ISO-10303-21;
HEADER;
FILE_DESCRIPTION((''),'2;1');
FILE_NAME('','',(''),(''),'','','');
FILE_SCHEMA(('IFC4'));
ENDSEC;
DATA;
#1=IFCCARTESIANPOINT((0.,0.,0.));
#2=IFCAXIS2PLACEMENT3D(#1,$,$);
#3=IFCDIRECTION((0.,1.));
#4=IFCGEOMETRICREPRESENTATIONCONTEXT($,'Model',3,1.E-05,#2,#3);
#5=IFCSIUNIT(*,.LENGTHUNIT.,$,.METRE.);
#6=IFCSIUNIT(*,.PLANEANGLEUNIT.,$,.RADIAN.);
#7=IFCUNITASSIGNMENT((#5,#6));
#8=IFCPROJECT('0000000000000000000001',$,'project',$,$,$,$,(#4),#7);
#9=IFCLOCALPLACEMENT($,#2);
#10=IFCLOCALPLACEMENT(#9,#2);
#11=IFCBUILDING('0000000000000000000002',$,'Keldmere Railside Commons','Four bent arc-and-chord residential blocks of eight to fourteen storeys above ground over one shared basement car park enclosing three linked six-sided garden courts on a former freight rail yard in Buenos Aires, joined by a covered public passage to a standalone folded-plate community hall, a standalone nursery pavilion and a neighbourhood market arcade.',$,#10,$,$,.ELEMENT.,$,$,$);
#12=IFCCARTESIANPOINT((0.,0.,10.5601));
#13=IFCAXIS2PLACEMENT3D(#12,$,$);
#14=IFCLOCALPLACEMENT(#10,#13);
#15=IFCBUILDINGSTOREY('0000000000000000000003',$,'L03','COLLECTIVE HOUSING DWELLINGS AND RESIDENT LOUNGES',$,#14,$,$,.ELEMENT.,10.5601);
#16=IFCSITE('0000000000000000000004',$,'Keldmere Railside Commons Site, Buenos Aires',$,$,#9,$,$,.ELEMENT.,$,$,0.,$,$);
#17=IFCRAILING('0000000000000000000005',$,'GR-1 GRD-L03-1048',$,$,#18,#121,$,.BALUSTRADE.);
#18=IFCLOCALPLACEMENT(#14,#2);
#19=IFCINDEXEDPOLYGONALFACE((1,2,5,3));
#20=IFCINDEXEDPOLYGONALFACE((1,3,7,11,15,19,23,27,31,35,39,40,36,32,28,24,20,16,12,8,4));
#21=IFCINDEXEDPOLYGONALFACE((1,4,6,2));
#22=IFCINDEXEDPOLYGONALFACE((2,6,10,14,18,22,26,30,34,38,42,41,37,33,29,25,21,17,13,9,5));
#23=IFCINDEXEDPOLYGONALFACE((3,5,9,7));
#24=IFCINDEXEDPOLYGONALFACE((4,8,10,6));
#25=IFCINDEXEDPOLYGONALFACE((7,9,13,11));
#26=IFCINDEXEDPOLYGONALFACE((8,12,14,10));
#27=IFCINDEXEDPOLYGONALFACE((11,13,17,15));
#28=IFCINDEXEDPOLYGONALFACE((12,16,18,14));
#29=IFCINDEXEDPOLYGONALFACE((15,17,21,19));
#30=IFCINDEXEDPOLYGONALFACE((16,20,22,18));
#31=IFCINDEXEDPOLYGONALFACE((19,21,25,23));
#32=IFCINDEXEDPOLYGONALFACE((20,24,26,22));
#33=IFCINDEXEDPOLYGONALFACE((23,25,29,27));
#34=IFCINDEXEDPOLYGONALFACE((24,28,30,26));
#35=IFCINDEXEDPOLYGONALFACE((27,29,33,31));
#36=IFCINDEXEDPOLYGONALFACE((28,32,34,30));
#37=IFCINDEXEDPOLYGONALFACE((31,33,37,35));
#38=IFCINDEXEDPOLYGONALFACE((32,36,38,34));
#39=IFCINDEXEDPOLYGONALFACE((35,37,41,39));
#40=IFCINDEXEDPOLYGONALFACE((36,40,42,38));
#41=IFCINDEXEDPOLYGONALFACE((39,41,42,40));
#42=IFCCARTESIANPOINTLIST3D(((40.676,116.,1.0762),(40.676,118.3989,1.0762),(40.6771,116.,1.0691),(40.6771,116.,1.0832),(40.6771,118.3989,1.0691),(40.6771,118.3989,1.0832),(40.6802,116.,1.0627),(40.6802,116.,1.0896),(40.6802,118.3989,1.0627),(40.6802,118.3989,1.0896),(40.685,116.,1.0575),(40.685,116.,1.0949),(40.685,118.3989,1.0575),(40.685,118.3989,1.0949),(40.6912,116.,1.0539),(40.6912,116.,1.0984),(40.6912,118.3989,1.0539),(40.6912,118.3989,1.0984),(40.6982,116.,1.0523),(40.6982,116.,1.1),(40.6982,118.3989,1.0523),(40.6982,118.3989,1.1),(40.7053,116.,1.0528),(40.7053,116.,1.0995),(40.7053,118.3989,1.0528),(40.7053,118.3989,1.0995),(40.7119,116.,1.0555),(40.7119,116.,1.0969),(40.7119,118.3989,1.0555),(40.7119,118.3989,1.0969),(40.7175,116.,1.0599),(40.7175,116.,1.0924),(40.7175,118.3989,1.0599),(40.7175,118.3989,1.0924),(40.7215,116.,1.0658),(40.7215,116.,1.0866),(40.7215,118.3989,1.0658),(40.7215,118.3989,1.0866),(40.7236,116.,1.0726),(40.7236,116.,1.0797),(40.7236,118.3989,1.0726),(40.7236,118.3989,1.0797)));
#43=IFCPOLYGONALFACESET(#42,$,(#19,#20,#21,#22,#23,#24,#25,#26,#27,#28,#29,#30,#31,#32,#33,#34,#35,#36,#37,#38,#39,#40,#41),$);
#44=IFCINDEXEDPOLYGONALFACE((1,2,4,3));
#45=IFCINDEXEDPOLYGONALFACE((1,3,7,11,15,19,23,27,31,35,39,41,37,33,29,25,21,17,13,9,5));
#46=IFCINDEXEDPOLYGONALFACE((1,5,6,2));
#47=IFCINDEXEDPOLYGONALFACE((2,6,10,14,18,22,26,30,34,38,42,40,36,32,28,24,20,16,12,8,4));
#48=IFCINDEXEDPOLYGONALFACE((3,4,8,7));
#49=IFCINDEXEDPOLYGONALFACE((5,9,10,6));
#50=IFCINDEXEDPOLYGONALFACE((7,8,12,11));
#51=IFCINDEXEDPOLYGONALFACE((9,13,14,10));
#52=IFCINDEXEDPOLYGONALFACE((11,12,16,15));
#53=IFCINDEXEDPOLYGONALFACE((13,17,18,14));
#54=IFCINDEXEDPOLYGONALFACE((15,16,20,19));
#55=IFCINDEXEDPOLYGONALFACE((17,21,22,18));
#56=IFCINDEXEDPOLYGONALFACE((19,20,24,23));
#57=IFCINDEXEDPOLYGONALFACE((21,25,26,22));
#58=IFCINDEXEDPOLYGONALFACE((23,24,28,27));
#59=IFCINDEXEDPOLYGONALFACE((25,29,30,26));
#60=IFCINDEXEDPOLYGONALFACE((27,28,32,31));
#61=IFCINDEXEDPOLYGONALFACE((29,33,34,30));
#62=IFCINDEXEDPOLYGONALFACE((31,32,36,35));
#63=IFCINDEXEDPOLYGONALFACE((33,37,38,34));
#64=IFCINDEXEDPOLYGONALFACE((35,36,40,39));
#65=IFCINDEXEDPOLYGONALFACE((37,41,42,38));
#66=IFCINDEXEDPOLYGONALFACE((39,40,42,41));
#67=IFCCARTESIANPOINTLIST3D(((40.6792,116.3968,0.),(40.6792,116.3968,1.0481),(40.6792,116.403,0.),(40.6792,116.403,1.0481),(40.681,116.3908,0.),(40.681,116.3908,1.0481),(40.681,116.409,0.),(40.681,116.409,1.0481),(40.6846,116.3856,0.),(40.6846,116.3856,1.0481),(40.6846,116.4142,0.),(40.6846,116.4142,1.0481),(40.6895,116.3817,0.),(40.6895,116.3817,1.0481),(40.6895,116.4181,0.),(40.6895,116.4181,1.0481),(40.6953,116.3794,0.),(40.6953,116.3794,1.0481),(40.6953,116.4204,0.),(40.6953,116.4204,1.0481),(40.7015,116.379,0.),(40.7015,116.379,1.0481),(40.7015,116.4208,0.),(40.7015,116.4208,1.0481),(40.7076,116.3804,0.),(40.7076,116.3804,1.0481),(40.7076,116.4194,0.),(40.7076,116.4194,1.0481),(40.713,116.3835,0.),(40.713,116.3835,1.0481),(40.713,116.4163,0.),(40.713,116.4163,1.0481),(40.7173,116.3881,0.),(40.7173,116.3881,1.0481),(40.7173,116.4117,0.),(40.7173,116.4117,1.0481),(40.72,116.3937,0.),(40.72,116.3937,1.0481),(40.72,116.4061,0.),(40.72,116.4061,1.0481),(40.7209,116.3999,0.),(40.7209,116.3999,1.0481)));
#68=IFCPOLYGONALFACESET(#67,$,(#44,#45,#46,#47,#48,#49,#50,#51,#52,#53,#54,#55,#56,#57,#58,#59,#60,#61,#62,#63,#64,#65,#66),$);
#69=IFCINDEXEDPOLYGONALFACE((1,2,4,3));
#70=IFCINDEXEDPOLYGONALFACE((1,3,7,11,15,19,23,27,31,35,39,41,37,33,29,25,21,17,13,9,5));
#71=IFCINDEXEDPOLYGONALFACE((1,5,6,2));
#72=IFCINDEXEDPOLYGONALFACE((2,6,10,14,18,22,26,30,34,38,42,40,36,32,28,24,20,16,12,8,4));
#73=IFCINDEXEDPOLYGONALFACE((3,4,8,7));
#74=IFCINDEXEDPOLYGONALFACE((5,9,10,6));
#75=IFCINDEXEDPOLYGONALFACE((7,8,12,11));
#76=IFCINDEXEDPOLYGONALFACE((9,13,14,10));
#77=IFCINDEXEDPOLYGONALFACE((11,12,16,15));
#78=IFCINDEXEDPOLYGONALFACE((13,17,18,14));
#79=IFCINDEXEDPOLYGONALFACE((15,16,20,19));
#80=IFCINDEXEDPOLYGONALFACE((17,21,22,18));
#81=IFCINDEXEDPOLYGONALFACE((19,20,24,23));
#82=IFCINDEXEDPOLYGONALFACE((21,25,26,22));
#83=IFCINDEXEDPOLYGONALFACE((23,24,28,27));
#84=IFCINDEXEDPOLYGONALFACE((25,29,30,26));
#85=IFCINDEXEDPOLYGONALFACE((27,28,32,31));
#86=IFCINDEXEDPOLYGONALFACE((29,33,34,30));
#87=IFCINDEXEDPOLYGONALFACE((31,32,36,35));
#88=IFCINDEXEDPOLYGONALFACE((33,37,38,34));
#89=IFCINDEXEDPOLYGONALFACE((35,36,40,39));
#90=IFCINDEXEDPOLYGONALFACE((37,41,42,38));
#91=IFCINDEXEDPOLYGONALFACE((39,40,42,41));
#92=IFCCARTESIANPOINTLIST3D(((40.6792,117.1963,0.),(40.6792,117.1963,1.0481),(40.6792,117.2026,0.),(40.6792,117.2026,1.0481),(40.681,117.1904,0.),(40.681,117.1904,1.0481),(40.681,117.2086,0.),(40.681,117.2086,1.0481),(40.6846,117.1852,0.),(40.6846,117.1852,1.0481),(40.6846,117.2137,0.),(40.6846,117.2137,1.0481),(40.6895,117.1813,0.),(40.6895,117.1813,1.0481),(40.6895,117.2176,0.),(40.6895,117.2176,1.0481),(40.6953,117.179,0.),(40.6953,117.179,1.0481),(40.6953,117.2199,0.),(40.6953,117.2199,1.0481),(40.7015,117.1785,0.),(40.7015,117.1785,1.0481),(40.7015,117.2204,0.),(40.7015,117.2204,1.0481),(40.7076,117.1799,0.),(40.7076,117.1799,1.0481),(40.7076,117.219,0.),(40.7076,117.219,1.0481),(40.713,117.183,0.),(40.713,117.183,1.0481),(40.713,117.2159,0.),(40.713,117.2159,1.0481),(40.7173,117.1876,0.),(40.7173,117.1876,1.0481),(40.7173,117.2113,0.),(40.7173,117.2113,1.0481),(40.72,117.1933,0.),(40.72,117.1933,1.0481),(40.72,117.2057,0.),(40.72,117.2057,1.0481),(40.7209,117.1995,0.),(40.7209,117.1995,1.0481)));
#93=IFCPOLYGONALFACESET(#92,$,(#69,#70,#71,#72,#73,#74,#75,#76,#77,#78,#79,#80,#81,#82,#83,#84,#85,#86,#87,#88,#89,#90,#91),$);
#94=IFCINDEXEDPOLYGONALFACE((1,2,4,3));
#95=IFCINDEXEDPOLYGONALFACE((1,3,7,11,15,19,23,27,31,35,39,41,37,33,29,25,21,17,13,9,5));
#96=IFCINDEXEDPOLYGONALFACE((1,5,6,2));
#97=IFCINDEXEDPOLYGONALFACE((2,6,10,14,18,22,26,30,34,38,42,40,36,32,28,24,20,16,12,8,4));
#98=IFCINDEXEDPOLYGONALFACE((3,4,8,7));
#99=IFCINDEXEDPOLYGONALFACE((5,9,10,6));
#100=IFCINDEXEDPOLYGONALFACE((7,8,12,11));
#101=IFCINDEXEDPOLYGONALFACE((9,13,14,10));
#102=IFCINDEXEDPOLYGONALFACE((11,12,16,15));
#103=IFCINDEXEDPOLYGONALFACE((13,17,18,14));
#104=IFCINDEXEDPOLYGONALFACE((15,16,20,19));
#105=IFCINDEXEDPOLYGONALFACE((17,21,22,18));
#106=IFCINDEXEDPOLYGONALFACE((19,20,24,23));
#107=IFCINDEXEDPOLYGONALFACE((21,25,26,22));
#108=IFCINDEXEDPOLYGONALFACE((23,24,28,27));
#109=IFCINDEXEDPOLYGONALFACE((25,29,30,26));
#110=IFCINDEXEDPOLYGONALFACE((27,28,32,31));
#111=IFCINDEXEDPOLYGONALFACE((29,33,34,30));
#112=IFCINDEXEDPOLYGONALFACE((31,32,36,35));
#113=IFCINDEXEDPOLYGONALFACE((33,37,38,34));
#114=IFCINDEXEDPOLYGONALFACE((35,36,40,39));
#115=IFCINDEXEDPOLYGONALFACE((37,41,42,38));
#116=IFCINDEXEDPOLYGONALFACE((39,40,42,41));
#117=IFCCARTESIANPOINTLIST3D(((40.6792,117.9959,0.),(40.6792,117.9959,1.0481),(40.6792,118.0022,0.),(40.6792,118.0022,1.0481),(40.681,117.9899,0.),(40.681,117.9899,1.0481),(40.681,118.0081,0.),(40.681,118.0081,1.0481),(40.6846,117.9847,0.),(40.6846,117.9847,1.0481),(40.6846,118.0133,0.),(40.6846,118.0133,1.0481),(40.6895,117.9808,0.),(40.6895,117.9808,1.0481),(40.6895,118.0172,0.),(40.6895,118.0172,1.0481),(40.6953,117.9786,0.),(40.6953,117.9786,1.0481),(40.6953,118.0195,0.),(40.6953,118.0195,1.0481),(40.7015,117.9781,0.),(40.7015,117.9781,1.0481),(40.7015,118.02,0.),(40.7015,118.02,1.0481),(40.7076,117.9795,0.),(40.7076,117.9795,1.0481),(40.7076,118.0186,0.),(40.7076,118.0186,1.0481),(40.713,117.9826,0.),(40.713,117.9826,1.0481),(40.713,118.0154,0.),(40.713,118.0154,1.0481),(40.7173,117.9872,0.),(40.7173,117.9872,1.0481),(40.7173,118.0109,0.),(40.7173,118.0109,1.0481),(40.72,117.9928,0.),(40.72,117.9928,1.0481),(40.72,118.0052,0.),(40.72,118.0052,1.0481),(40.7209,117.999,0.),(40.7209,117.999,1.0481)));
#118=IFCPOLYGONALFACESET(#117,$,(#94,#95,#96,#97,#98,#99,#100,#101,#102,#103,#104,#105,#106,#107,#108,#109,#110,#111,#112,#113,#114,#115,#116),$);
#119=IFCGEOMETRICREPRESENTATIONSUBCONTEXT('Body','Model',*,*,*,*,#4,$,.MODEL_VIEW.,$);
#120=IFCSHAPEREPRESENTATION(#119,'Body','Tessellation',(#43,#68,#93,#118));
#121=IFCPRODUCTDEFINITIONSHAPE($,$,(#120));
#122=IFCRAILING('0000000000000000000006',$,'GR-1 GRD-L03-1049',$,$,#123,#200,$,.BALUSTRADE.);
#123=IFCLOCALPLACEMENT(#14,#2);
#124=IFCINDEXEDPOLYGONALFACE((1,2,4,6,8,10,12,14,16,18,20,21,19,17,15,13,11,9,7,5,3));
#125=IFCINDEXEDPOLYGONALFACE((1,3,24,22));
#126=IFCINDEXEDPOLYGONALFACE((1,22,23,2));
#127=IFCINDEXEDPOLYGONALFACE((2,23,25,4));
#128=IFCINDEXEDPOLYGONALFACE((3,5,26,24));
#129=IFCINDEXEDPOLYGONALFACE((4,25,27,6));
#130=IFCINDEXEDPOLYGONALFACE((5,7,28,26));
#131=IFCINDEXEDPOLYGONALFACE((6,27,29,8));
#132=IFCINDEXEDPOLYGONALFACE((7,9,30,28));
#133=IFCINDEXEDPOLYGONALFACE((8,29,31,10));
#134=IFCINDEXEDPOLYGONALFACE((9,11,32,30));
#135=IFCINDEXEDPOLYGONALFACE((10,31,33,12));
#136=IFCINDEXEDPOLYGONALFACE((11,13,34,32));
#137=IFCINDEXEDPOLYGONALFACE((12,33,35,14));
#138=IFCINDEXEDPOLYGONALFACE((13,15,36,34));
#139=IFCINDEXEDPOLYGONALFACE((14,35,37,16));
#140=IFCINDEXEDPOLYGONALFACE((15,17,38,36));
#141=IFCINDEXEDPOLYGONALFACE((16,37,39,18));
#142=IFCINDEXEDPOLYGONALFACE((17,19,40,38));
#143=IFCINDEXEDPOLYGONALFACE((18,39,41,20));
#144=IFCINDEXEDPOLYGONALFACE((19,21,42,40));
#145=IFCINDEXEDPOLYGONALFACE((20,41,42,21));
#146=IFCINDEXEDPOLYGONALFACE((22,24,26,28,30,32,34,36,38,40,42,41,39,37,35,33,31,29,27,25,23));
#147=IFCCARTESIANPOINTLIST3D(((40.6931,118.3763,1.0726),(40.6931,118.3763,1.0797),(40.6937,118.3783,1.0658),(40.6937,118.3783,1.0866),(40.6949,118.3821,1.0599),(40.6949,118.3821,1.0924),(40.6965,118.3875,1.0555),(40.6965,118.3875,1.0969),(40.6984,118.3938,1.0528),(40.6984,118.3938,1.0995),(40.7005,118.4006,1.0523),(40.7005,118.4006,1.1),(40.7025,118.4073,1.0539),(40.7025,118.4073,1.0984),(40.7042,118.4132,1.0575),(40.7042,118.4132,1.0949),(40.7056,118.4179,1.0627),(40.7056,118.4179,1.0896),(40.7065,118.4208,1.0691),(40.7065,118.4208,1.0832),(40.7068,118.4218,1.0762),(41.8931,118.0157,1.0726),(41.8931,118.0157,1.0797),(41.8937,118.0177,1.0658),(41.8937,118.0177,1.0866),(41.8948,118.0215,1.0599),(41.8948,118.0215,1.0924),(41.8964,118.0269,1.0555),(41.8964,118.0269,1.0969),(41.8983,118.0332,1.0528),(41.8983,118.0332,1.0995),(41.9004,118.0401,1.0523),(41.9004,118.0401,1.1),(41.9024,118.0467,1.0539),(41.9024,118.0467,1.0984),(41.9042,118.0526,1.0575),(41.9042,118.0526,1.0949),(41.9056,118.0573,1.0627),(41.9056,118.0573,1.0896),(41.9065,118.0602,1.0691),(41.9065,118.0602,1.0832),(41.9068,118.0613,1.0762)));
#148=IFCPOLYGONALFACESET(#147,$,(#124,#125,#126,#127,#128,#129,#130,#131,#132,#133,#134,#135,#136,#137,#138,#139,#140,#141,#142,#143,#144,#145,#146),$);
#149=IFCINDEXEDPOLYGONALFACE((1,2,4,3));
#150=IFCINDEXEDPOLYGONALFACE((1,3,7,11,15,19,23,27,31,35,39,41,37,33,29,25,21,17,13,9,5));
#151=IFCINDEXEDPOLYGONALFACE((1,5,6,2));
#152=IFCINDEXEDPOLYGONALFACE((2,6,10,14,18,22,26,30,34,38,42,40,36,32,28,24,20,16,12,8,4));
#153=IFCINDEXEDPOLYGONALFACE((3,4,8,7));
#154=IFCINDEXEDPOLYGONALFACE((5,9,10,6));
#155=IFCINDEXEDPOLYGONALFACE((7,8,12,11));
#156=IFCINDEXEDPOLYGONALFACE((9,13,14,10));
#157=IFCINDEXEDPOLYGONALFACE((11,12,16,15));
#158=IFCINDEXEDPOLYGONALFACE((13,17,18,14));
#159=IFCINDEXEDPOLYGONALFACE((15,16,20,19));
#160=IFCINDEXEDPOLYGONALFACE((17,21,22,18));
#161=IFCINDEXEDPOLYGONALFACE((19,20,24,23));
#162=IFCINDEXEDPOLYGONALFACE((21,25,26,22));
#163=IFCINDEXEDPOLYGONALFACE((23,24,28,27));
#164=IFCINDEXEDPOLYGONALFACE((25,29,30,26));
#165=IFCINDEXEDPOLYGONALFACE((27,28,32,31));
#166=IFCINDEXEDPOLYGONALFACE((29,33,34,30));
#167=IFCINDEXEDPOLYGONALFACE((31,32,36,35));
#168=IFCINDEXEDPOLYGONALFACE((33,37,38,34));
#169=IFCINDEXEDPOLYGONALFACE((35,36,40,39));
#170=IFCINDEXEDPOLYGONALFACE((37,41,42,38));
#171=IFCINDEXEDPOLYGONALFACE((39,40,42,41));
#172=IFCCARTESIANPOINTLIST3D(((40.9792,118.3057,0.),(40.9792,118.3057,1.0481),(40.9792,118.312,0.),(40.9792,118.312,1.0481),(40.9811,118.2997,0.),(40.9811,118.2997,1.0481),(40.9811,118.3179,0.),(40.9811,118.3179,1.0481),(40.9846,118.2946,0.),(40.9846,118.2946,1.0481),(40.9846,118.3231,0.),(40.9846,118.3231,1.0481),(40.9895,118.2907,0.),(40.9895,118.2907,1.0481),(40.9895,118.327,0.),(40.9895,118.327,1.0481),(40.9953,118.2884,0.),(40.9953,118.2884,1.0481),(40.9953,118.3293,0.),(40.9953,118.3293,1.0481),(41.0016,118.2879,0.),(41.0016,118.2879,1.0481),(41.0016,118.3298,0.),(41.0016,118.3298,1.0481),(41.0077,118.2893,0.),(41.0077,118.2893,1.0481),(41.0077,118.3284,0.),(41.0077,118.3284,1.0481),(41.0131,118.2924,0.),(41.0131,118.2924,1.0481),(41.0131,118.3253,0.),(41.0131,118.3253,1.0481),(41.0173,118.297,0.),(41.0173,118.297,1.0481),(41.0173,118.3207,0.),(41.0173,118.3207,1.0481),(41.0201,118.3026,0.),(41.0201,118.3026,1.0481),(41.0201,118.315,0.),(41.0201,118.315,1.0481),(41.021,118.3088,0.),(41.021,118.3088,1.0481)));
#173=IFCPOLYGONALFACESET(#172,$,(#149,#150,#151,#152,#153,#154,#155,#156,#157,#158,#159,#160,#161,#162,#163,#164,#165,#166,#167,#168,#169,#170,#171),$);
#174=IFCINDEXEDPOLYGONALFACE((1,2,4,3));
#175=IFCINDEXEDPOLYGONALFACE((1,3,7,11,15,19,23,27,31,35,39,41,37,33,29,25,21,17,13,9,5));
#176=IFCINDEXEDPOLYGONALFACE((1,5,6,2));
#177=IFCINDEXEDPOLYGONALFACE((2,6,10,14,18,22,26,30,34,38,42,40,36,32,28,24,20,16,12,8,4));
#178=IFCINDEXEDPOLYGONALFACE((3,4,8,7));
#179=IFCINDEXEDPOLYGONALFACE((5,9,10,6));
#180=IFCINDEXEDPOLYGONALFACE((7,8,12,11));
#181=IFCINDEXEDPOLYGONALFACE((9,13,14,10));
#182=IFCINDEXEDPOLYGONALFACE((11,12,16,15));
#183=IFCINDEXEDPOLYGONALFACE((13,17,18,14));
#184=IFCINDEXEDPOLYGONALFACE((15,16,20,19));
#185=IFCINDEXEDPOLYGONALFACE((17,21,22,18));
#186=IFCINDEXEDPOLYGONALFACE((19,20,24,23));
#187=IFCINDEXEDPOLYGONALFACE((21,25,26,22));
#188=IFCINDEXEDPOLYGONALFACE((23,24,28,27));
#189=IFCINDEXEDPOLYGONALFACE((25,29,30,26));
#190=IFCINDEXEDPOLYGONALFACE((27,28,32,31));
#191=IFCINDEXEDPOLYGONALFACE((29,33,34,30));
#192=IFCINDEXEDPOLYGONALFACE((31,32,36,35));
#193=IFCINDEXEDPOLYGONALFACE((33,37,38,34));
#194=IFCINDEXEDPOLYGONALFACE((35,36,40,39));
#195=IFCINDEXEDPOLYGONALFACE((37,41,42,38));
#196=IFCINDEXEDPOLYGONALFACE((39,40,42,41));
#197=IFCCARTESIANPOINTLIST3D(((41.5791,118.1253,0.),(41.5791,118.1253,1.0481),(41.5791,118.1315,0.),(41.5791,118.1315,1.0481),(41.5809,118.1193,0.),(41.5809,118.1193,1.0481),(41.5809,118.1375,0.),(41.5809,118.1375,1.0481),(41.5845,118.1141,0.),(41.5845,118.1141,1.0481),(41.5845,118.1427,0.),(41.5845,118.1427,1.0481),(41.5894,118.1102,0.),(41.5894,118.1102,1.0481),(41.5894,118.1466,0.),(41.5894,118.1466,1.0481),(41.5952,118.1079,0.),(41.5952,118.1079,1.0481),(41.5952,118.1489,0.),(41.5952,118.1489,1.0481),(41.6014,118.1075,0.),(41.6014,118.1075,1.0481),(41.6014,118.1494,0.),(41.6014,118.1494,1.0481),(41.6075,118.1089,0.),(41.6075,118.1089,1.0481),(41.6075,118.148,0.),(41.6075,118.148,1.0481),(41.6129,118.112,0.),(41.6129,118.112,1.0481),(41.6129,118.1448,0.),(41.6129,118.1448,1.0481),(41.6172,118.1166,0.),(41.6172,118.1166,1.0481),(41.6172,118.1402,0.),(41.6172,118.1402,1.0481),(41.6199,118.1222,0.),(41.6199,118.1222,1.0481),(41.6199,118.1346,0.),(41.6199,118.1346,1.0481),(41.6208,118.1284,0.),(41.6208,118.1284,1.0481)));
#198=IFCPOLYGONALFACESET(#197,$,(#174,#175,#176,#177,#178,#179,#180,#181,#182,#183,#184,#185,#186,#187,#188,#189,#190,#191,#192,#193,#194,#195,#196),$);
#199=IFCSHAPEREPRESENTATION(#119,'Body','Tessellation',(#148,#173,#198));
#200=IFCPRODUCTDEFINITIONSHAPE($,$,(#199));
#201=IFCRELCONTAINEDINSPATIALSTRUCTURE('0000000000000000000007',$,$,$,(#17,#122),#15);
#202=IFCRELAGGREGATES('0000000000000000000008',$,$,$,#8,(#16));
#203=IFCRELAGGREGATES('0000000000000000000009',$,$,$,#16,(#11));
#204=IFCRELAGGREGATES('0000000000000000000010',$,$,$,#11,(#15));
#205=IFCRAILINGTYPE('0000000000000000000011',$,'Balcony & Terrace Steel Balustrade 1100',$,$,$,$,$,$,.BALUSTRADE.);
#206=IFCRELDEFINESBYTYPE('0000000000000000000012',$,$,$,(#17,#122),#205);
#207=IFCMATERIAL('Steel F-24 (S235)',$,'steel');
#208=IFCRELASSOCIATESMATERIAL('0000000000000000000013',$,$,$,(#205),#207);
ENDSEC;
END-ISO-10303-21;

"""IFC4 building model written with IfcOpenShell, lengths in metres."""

from ifc_helpers import new_model, si_unit, direction, frame, origin, origin_2d, place, context, subcontext, project, spatial, circle, extrude, material, type_object, element, save


model = new_model("IFC4")

# Units and contexts
model_context = context("Model", 3, precision=1e-05, world=origin(), true_north=direction((0.0, 1.0)))
body_context = subcontext(model_context, "Body", "Model", "MODEL_VIEW")
ifc_project = project(units=[si_unit("LENGTHUNIT", "METRE"), si_unit("PLANEANGLEUNIT", "RADIAN")], contexts=[model_context])

# Site, building, storey
site_placement = place(None, origin())
site = spatial("IfcSite", under=ifc_project, at=site_placement, Name="Keldmere Railside Commons Site, Buenos Aires", CompositionType="ELEMENT", RefElevation=0.0)
building_placement = place(site_placement, origin())
building = spatial("IfcBuilding", under=site, at=building_placement, Name="Keldmere Railside Commons", Description="Four bent arc-and-chord residential blocks of eight to fourteen storeys above ground over one shared basement car park enclosing three linked six-sided garden courts on a former freight rail yard in Buenos Aires, joined by a covered public passage to a standalone folded-plate community hall, a standalone nursery pavilion and a neighbourhood market arcade.", CompositionType="ELEMENT")
storey_placement = place(building_placement, frame((0.0, 0.0, 10.5601)))
storey = spatial("IfcBuildingStorey", under=building, at=storey_placement, Name="L03", Description="COLLECTIVE HOUSING DWELLINGS AND RESIDENT LOUNGES", CompositionType="ELEMENT", Elevation=10.5601)

# Railings
ifc_material_1 = material(Name="Steel F-24 (S235)", Category="steel")
railing_type = type_object("IfcRailingType", Name="Balcony & Terrace Steel Balustrade 1100", PredefinedType="BALUSTRADE", material=ifc_material_1)
railing_1_placement = place(storey_placement, frame((40.7, 116.0, 0.0)))
element("IfcRailing", 1, at=railing_1_placement, inside=storey, type_object=railing_type, Name="GR-1 GRD-L03-1048", PredefinedType="BALUSTRADE", context=body_context, shape_type="SweptSolid", body=[
    extrude(circle(Radius=0.0239, at=origin_2d()), frame((0.0, 0.0, 1.0762), z_axis=(0.0, 1.0, 0.0), x_axis=(-1.0, 0.0, 0.0)), (0.0, 0.0, 1.0), 2.3989),
    extrude(circle(Radius=0.021, at=origin_2d()), frame((0.0, 0.3999, 0.0)), (0.0, 0.0, 1.0), 1.0481),
    extrude(circle(Radius=0.021, at=origin_2d()), frame((0.0, 1.1995, 0.0)), (0.0, 0.0, 1.0), 1.0481),
    extrude(circle(Radius=0.021, at=origin_2d()), frame((0.0, 1.999, 0.0)), (0.0, 0.0, 1.0), 1.0481),
])
railing_2_placement = place(storey_placement, frame((40.7, 118.3989, 0.0)))
element("IfcRailing", 2, at=railing_2_placement, inside=storey, type_object=railing_type, Name="GR-1 GRD-L03-1049", PredefinedType="BALUSTRADE", context=body_context, shape_type="SweptSolid", body=[
    extrude(circle(Radius=0.0239, at=origin_2d()), frame((0.0, 0.0, 1.0762), z_axis=(0.957692, -0.287795, 0.0), x_axis=(0.287795, 0.957692, 0.0)), (0.0, 0.0, 1.0), 1.2529),
    extrude(circle(Radius=0.021, at=origin_2d()), frame((0.3, -0.0901, 0.0)), (0.0, 0.0, 1.0), 1.0481),
    extrude(circle(Radius=0.021, at=origin_2d()), frame((0.8999, -0.2705, 0.0)), (0.0, 0.0, 1.0), 1.0481),
])

save(model, "model.ifc")
